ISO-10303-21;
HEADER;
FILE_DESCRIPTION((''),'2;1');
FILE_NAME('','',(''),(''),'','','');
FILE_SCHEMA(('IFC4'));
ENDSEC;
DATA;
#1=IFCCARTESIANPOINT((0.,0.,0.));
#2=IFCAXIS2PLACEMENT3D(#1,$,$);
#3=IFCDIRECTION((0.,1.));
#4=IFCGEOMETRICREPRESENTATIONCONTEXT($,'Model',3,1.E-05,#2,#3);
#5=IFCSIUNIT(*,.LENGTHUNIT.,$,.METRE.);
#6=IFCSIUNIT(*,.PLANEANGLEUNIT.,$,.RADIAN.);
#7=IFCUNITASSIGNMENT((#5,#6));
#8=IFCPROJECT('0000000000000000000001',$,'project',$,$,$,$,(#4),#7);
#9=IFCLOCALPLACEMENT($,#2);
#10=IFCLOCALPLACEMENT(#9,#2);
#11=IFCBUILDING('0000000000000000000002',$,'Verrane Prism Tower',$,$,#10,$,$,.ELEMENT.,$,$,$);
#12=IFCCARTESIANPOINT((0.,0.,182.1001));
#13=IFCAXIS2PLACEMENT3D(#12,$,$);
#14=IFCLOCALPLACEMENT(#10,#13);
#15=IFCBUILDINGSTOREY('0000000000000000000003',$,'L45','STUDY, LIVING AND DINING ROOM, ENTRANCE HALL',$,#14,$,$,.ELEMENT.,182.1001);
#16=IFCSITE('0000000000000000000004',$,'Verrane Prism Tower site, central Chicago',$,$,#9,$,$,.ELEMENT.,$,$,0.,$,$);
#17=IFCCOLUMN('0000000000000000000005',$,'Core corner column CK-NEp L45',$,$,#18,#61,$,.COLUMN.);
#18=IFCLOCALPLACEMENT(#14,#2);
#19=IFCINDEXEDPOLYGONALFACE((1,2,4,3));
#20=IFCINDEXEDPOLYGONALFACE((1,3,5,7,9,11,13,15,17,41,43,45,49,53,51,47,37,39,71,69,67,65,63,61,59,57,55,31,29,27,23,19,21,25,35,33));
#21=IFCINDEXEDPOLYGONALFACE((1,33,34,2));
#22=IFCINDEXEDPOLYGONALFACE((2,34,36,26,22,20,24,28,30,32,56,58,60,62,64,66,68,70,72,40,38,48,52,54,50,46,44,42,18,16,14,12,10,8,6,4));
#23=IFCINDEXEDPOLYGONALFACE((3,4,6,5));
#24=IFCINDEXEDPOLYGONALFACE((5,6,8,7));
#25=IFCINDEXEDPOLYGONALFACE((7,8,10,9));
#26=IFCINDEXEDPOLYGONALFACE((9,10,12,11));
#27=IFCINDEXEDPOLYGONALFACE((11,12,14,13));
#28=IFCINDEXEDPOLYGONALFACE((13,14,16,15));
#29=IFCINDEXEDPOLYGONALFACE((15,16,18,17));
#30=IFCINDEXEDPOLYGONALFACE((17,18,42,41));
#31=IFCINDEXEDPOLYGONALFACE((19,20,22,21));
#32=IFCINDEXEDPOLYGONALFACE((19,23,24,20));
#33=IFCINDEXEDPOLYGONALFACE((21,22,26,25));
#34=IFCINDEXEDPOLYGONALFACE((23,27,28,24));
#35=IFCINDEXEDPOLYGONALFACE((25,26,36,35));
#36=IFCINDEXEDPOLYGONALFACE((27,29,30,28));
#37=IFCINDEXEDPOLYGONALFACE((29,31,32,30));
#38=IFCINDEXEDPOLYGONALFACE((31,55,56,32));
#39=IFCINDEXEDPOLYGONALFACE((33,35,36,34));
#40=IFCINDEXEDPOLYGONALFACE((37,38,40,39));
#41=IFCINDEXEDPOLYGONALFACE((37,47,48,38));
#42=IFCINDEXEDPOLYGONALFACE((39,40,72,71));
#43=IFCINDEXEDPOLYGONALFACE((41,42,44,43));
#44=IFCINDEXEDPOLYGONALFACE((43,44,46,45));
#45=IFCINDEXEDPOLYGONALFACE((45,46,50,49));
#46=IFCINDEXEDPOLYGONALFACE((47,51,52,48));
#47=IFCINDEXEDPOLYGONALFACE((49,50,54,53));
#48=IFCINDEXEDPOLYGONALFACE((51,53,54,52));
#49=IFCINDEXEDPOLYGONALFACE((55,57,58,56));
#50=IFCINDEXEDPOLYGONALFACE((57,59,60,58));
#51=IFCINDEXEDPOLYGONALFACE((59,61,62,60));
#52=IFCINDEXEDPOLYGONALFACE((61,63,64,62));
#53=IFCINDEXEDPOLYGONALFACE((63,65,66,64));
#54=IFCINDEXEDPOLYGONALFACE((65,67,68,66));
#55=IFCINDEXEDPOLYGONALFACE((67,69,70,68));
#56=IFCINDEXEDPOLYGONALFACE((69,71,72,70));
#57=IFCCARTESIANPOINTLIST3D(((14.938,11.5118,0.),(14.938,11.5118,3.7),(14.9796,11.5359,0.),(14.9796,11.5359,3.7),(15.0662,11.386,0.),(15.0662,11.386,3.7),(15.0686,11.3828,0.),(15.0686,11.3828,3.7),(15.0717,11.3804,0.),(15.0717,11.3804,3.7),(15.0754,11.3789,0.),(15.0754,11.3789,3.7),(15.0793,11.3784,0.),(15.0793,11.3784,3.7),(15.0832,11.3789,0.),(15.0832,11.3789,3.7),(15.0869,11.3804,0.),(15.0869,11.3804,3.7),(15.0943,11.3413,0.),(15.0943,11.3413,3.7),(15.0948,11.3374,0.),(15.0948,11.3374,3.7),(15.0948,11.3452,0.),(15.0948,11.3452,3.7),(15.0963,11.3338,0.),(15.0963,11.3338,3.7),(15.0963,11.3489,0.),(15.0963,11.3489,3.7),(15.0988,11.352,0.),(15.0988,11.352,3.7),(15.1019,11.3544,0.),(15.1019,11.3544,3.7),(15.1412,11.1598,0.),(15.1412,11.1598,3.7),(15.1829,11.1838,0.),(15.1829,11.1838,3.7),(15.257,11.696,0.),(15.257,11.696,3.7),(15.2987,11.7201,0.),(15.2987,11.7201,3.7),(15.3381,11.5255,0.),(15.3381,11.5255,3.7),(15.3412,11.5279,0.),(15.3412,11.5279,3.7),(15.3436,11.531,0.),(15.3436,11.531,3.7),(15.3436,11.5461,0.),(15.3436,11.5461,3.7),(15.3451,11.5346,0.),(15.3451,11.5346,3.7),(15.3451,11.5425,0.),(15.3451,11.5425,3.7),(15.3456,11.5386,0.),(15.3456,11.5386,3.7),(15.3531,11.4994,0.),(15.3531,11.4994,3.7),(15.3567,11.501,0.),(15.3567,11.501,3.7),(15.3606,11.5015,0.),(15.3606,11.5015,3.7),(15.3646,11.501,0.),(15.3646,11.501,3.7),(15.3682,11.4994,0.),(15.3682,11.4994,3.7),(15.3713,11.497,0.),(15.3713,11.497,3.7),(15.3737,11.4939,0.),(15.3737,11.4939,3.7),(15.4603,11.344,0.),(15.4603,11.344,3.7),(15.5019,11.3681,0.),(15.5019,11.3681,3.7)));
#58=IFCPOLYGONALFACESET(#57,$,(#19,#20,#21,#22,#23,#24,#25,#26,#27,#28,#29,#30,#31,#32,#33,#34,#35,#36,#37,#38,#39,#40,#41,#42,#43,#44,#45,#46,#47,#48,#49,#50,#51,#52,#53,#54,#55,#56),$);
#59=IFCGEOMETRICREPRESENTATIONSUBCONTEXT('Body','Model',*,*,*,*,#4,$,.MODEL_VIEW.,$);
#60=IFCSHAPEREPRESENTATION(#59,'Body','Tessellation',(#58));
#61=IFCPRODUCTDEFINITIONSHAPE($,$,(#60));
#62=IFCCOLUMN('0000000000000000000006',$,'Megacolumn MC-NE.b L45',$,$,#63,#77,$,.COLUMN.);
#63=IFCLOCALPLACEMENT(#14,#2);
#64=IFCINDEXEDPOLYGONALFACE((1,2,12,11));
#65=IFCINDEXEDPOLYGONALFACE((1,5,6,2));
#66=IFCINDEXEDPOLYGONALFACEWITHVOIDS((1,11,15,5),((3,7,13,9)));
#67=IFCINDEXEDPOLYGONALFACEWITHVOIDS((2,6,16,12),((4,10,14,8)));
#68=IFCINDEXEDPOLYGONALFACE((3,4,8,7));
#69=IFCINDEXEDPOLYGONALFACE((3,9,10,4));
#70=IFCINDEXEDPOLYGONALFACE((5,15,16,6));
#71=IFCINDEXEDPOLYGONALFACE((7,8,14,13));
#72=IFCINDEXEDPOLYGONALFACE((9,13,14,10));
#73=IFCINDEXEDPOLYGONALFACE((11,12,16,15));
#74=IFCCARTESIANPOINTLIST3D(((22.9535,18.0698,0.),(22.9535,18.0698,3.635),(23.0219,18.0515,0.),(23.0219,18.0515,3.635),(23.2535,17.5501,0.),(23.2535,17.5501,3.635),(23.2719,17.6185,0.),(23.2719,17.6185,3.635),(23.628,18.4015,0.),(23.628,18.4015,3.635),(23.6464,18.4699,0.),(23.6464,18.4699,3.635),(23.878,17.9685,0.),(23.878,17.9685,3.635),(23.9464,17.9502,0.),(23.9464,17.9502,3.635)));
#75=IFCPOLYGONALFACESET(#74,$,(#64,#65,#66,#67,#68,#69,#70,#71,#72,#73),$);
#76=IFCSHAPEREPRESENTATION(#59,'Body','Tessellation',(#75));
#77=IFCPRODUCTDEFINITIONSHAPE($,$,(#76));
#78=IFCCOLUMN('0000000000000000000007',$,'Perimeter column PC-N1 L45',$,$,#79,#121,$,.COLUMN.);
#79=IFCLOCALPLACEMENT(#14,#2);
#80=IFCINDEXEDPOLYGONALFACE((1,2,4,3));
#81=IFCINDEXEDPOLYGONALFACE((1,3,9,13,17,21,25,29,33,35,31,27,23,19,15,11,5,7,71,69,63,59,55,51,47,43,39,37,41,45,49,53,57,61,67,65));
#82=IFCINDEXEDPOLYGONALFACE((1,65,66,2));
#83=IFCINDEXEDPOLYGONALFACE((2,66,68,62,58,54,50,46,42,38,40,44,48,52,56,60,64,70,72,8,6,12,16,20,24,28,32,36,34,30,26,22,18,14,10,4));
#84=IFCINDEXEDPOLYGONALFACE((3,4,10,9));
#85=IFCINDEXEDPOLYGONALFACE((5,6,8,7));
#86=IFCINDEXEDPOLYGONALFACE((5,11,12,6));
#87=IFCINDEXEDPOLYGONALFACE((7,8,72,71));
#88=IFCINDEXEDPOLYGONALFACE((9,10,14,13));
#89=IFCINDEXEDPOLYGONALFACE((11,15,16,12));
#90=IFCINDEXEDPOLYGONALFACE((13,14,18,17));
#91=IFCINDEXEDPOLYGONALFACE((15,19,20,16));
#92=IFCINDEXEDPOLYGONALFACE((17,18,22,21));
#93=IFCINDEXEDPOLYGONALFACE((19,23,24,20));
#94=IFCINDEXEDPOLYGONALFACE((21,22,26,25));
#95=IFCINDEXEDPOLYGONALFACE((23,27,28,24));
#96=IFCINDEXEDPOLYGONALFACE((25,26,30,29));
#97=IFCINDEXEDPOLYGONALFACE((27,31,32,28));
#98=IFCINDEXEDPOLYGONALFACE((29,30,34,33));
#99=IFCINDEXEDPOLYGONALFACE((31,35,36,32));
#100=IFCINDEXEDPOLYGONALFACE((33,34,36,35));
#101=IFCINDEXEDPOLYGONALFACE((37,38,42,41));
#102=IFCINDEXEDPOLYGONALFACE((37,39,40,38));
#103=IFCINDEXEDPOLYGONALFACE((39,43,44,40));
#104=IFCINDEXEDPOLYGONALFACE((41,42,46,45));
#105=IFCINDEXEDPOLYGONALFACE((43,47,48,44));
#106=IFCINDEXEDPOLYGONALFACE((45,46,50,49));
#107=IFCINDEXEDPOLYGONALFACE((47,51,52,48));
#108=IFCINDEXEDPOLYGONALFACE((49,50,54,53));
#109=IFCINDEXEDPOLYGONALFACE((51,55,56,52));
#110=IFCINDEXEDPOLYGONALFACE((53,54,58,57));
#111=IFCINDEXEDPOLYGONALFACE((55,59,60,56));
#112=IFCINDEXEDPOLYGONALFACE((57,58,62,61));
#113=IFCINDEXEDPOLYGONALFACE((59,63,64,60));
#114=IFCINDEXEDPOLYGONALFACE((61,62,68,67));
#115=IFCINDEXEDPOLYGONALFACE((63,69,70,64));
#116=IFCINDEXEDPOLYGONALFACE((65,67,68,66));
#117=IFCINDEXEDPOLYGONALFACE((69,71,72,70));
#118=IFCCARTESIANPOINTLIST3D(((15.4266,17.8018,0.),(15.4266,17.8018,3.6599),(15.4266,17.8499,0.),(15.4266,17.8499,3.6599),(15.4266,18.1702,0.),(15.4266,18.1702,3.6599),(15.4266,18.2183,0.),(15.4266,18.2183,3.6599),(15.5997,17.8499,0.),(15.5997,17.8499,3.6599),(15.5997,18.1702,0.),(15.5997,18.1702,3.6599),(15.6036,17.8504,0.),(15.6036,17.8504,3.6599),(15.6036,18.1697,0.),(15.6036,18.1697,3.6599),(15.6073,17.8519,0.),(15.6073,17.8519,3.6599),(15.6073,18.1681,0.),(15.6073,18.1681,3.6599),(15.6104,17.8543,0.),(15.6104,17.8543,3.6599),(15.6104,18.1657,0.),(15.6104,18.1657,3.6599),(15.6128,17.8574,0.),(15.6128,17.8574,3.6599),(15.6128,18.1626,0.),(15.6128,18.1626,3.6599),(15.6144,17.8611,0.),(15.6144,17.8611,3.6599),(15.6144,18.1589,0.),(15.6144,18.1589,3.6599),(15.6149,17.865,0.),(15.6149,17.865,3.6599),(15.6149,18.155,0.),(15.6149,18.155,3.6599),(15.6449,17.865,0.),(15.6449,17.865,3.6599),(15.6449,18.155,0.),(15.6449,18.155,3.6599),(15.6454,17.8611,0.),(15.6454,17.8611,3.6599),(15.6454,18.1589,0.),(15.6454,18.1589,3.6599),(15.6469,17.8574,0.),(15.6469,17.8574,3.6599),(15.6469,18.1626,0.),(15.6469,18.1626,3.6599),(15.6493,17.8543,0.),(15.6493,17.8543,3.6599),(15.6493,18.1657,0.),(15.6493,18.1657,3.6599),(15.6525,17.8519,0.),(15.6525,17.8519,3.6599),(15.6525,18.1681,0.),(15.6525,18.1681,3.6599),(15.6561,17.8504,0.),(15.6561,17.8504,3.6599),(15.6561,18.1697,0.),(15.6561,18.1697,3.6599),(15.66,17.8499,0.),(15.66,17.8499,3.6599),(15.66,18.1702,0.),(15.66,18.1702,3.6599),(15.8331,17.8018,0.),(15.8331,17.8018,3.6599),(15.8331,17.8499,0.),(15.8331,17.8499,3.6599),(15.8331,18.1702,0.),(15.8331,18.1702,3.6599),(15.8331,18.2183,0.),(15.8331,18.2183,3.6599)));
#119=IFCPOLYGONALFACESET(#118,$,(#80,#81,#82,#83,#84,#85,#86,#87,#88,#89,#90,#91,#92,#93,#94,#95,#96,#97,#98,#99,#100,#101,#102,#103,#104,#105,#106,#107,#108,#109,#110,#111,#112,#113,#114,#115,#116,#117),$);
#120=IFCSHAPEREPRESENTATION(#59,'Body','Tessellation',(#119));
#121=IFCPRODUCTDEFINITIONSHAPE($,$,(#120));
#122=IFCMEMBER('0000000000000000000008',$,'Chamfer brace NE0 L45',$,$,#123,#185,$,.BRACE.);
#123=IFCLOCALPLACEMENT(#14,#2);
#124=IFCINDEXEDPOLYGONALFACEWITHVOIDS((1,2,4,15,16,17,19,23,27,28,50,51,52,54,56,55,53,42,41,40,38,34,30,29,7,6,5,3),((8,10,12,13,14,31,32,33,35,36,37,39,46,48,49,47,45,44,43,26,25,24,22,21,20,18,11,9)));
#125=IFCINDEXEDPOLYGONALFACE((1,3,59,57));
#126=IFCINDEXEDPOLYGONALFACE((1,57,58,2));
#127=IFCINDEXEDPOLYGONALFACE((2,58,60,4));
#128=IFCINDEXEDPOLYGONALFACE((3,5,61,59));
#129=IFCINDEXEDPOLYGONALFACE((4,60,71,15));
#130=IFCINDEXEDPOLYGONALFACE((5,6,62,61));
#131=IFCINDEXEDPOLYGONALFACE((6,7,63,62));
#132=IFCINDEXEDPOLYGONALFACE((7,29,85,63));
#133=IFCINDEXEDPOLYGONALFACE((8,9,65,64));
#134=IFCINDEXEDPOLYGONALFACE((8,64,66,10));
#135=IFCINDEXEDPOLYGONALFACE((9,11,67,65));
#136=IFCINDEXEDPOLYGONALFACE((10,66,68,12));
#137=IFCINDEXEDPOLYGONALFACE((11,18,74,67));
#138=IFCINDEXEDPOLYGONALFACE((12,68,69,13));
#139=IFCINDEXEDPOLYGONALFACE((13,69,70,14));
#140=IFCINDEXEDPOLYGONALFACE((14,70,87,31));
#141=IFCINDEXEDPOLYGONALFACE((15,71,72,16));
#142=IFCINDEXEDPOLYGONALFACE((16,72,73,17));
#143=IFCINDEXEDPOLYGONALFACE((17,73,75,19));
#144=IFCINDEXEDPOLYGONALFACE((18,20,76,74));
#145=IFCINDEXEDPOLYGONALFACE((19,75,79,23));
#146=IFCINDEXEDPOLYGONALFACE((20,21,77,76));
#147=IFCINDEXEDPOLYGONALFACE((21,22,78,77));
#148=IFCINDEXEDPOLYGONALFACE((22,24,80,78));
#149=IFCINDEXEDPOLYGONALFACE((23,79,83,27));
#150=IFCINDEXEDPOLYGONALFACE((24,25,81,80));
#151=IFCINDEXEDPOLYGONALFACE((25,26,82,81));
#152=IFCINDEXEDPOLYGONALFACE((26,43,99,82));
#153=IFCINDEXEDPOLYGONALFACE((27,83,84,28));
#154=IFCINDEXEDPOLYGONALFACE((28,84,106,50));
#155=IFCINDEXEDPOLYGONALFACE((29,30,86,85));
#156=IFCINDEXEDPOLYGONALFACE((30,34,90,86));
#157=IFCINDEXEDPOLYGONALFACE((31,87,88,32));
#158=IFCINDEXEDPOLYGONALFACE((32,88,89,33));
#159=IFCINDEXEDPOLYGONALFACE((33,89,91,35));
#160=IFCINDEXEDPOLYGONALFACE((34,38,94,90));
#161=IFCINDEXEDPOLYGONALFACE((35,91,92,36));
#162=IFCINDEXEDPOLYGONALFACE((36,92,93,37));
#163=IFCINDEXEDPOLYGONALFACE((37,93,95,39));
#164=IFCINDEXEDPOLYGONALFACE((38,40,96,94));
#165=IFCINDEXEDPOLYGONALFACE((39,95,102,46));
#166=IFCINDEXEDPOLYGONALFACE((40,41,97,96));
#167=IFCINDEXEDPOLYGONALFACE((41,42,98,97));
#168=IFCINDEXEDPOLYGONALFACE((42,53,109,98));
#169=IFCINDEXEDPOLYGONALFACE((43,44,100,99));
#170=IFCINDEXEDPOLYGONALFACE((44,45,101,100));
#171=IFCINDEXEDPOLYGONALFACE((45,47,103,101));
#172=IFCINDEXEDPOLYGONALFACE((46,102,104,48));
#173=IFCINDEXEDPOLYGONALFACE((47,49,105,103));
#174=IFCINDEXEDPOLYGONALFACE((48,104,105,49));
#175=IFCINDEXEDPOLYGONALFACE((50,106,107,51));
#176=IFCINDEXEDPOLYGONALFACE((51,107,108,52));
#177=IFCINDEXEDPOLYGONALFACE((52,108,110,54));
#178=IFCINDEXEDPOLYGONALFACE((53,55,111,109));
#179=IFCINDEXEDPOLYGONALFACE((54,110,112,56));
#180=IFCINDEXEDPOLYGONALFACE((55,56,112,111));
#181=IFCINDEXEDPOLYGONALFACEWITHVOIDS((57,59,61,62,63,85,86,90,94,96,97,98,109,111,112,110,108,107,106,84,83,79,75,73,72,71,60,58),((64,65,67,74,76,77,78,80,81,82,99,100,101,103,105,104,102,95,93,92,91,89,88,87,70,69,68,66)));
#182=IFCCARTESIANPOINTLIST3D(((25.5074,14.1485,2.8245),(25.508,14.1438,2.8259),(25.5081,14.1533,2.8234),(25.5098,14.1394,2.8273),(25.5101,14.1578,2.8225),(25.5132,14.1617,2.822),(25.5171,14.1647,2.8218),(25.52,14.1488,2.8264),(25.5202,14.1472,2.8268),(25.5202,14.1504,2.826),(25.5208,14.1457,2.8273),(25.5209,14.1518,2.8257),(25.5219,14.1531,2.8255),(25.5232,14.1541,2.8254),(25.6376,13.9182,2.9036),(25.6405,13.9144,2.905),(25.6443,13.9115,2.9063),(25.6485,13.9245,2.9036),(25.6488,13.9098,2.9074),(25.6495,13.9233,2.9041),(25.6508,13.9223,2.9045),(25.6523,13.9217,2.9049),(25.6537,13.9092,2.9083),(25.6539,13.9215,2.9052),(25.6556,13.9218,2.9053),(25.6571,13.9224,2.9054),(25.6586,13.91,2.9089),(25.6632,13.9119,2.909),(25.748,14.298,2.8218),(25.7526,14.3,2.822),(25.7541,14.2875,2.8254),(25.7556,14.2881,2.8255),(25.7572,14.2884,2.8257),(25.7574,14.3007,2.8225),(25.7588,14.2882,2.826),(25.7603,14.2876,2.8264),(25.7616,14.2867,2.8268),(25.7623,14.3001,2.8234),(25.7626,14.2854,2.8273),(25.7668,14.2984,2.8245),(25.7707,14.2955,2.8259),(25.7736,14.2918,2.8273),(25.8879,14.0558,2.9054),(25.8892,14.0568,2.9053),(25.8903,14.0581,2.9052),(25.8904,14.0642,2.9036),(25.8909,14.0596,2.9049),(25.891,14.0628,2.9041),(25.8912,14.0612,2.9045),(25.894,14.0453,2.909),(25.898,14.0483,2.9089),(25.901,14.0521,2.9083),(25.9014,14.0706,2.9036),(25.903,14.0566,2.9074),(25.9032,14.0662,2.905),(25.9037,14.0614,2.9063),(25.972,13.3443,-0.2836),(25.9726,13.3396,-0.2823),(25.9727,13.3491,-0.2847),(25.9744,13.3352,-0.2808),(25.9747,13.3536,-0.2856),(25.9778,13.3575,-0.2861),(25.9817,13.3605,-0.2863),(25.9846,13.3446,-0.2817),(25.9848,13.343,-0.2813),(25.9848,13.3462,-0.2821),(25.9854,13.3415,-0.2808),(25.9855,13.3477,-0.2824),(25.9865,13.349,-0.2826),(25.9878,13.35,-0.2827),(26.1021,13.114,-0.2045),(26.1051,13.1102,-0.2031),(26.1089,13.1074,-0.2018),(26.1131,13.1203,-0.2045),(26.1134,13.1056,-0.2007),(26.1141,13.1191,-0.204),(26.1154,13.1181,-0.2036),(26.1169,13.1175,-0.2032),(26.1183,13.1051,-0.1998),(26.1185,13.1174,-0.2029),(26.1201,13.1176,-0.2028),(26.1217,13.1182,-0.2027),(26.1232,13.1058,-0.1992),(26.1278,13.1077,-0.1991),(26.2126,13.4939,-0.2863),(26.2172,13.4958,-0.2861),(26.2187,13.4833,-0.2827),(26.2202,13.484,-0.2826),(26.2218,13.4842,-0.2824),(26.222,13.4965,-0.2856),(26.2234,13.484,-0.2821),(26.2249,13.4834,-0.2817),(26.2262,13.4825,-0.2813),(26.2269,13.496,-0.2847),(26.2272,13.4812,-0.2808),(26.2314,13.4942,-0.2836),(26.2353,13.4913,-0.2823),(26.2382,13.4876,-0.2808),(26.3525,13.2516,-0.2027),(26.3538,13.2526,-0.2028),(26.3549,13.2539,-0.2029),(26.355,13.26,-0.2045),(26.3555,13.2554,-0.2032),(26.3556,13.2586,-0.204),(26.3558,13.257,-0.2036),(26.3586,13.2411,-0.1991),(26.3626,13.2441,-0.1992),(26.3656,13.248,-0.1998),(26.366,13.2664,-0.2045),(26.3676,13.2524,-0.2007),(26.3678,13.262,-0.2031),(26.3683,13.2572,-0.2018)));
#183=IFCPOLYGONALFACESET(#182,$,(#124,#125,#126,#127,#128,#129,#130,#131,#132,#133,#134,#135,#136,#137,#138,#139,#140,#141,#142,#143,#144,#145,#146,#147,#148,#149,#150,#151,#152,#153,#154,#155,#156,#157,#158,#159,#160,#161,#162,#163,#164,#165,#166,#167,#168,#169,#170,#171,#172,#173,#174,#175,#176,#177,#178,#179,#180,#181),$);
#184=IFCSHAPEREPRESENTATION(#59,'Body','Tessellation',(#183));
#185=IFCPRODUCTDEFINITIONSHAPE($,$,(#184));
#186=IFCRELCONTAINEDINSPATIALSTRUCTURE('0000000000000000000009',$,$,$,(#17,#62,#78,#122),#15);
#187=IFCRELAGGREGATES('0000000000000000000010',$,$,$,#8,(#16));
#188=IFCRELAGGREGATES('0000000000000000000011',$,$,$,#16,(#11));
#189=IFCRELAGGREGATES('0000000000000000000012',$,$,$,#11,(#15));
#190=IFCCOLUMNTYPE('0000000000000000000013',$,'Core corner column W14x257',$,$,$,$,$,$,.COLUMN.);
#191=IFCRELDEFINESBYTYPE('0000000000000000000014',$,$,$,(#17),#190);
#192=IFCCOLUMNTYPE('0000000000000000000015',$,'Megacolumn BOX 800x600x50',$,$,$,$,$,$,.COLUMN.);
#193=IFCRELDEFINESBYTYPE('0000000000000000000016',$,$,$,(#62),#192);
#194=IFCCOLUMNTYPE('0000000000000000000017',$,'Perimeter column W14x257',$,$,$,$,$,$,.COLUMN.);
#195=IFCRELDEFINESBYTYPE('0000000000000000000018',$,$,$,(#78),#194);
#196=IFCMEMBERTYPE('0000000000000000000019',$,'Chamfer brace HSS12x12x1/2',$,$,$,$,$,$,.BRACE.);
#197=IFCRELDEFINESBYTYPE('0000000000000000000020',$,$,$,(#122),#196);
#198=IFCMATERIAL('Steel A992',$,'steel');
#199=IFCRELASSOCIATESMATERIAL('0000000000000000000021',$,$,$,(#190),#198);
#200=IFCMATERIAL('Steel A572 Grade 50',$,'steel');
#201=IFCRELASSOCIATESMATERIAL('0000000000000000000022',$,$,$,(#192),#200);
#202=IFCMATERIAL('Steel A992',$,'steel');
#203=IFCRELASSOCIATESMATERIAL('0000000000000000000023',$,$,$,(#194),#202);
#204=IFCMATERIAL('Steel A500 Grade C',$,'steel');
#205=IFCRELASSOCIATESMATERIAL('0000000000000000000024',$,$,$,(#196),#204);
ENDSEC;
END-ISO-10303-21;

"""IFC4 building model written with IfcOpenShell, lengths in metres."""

from ifc_helpers import new_model, si_unit, direction, frame, origin, origin_2d, place, context, subcontext, project, spatial, hollow_rectangle, i_section, extrude, material, material_profile, profile_set, type_object, element, save


model = new_model("IFC4")

# Units and contexts
model_context = context("Model", 3, precision=1e-05, world=origin(), true_north=direction((0.0, 1.0)))
body_context = subcontext(model_context, "Body", "Model", "MODEL_VIEW")
ifc_project = project(units=[si_unit("LENGTHUNIT", "METRE"), si_unit("PLANEANGLEUNIT", "RADIAN")], contexts=[model_context])

# Site, building, storey
site_placement = place(None, origin())
site = spatial("IfcSite", under=ifc_project, at=site_placement, Name="Verrane Prism Tower site, central Chicago", CompositionType="ELEMENT", RefElevation=0.0)
building_placement = place(site_placement, origin())
building = spatial("IfcBuilding", under=site, at=building_placement, Name="Verrane Prism Tower", CompositionType="ELEMENT")
storey_placement = place(building_placement, frame((0.0, 0.0, 182.1001)))
storey = spatial("IfcBuildingStorey", under=building, at=storey_placement, Name="L45", Description="STUDY, LIVING AND DINING ROOM, ENTRANCE HALL", CompositionType="ELEMENT", Elevation=182.1001)

# Columns
ifc_material_1 = material(Name="Steel A992", Category="steel")
ifc_material_profile_1 = material_profile(ifc_material_1, i_section(OverallWidth=0.4065, OverallDepth=0.4165, WebThickness=0.03, FlangeThickness=0.0481, FilletRadius=0.0151, at=origin_2d()), Name="W14x257")
ifc_profile_set_1 = profile_set([ifc_material_profile_1], Name="Steel A992")
column_type_1 = type_object("IfcColumnType", Name="Core corner column W14x257", PredefinedType="COLUMN", material=ifc_profile_set_1)
column_1_placement = place(storey_placement, frame((15.22, 11.4399, 0.0), z_axis=(0.0, 0.0, 1.0), x_axis=(0.5, -0.866025, 0.0)))
element("IfcColumn", 1, at=column_1_placement, inside=storey, type_object=column_type_1, Name="Core corner column CK-NEp L45", PredefinedType="COLUMN", context=body_context, shape_type="SweptSolid", body=[
    extrude(i_section(OverallWidth=0.4065, OverallDepth=0.4165, WebThickness=0.03, FlangeThickness=0.0481, FilletRadius=0.0151, at=origin_2d()), origin(), (0.0, 0.0, 1.0), 3.7),
])
ifc_material_2 = material(Name="Steel A572 Grade 50", Category="steel")
ifc_material_profile_2 = material_profile(ifc_material_2, hollow_rectangle(XDim=0.6001, YDim=0.8, WallThickness=0.05, at=origin_2d()), Name="BOX 800x600x50")
ifc_profile_set_2 = profile_set([ifc_material_profile_2], Name="Steel A572 Grade 50")
column_type_2 = type_object("IfcColumnType", Name="Megacolumn BOX 800x600x50", PredefinedType="COLUMN", material=ifc_profile_set_2)
column_2_placement = place(storey_placement, frame((23.45, 18.01, 0.0), z_axis=(0.0, 0.0, 1.0), x_axis=(0.5, -0.866025, 0.0)))
element("IfcColumn", 2, at=column_2_placement, inside=storey, type_object=column_type_2, Name="Megacolumn MC-NE.b L45", PredefinedType="COLUMN", context=body_context, shape_type="SweptSolid", body=[
    extrude(hollow_rectangle(XDim=0.6001, YDim=0.8, WallThickness=0.05, at=origin_2d()), origin(), (0.0, 0.0, 1.0), 3.635),
])
ifc_material_3 = material(Name="Steel A992", Category="steel")
ifc_material_profile_3 = material_profile(ifc_material_3, i_section(OverallWidth=0.4065, OverallDepth=0.4165, WebThickness=0.03, FlangeThickness=0.0481, FilletRadius=0.0151, at=origin_2d()), Name="W14x257")
ifc_profile_set_3 = profile_set([ifc_material_profile_3], Name="Steel A992")
column_type_3 = type_object("IfcColumnType", Name="Perimeter column W14x257", PredefinedType="COLUMN", material=ifc_profile_set_3)
column_3_placement = place(storey_placement, frame((15.6299, 18.01, 0.0), z_axis=(0.0, 0.0, 1.0), x_axis=(1.0, 0.0, 0.0)))
element("IfcColumn", 3, at=column_3_placement, inside=storey, type_object=column_type_3, Name="Perimeter column PC-N1 L45", PredefinedType="COLUMN", context=body_context, shape_type="SweptSolid", body=[
    extrude(i_section(OverallWidth=0.4065, OverallDepth=0.4165, WebThickness=0.03, FlangeThickness=0.0481, FilletRadius=0.0151, at=origin_2d()), origin(), (0.0, 0.0, 1.0), 3.6599),
])

# Member
ifc_material_4 = material(Name="Steel A500 Grade C", Category="steel")
ifc_material_profile_4 = material_profile(ifc_material_4, hollow_rectangle(XDim=0.3047, YDim=0.3047, WallThickness=0.0127, InnerFilletRadius=0.0063, OuterFilletRadius=0.019, at=origin_2d()), Name="HSS12x12x1/2")
ifc_profile_set_4 = profile_set([ifc_material_profile_4], Name="Steel A500 Grade C")
member_type_1 = type_object("IfcMemberType", Name="Chamfer brace HSS12x12x1/2", PredefinedType="BRACE", material=ifc_profile_set_4)
member_1_placement = place(storey_placement, frame((26.1702, 13.3008, -0.2427), z_axis=(-0.14322, 0.247907, 0.958139), x_axis=(-0.865888, -0.500238, 0.0)))
element("IfcMember", 4, at=member_1_placement, inside=storey, type_object=member_type_1, Name="Chamfer brace NE0 L45", PredefinedType="BRACE", context=body_context, shape_type="SweptSolid", body=[
    extrude(hollow_rectangle(XDim=0.3047, YDim=0.3047, WallThickness=0.0127, InnerFilletRadius=0.0063, OuterFilletRadius=0.019, at=origin_2d()), origin(), (0.0, 0.0, 1.0), 3.2439),
])

save(model, "model.ifc")
